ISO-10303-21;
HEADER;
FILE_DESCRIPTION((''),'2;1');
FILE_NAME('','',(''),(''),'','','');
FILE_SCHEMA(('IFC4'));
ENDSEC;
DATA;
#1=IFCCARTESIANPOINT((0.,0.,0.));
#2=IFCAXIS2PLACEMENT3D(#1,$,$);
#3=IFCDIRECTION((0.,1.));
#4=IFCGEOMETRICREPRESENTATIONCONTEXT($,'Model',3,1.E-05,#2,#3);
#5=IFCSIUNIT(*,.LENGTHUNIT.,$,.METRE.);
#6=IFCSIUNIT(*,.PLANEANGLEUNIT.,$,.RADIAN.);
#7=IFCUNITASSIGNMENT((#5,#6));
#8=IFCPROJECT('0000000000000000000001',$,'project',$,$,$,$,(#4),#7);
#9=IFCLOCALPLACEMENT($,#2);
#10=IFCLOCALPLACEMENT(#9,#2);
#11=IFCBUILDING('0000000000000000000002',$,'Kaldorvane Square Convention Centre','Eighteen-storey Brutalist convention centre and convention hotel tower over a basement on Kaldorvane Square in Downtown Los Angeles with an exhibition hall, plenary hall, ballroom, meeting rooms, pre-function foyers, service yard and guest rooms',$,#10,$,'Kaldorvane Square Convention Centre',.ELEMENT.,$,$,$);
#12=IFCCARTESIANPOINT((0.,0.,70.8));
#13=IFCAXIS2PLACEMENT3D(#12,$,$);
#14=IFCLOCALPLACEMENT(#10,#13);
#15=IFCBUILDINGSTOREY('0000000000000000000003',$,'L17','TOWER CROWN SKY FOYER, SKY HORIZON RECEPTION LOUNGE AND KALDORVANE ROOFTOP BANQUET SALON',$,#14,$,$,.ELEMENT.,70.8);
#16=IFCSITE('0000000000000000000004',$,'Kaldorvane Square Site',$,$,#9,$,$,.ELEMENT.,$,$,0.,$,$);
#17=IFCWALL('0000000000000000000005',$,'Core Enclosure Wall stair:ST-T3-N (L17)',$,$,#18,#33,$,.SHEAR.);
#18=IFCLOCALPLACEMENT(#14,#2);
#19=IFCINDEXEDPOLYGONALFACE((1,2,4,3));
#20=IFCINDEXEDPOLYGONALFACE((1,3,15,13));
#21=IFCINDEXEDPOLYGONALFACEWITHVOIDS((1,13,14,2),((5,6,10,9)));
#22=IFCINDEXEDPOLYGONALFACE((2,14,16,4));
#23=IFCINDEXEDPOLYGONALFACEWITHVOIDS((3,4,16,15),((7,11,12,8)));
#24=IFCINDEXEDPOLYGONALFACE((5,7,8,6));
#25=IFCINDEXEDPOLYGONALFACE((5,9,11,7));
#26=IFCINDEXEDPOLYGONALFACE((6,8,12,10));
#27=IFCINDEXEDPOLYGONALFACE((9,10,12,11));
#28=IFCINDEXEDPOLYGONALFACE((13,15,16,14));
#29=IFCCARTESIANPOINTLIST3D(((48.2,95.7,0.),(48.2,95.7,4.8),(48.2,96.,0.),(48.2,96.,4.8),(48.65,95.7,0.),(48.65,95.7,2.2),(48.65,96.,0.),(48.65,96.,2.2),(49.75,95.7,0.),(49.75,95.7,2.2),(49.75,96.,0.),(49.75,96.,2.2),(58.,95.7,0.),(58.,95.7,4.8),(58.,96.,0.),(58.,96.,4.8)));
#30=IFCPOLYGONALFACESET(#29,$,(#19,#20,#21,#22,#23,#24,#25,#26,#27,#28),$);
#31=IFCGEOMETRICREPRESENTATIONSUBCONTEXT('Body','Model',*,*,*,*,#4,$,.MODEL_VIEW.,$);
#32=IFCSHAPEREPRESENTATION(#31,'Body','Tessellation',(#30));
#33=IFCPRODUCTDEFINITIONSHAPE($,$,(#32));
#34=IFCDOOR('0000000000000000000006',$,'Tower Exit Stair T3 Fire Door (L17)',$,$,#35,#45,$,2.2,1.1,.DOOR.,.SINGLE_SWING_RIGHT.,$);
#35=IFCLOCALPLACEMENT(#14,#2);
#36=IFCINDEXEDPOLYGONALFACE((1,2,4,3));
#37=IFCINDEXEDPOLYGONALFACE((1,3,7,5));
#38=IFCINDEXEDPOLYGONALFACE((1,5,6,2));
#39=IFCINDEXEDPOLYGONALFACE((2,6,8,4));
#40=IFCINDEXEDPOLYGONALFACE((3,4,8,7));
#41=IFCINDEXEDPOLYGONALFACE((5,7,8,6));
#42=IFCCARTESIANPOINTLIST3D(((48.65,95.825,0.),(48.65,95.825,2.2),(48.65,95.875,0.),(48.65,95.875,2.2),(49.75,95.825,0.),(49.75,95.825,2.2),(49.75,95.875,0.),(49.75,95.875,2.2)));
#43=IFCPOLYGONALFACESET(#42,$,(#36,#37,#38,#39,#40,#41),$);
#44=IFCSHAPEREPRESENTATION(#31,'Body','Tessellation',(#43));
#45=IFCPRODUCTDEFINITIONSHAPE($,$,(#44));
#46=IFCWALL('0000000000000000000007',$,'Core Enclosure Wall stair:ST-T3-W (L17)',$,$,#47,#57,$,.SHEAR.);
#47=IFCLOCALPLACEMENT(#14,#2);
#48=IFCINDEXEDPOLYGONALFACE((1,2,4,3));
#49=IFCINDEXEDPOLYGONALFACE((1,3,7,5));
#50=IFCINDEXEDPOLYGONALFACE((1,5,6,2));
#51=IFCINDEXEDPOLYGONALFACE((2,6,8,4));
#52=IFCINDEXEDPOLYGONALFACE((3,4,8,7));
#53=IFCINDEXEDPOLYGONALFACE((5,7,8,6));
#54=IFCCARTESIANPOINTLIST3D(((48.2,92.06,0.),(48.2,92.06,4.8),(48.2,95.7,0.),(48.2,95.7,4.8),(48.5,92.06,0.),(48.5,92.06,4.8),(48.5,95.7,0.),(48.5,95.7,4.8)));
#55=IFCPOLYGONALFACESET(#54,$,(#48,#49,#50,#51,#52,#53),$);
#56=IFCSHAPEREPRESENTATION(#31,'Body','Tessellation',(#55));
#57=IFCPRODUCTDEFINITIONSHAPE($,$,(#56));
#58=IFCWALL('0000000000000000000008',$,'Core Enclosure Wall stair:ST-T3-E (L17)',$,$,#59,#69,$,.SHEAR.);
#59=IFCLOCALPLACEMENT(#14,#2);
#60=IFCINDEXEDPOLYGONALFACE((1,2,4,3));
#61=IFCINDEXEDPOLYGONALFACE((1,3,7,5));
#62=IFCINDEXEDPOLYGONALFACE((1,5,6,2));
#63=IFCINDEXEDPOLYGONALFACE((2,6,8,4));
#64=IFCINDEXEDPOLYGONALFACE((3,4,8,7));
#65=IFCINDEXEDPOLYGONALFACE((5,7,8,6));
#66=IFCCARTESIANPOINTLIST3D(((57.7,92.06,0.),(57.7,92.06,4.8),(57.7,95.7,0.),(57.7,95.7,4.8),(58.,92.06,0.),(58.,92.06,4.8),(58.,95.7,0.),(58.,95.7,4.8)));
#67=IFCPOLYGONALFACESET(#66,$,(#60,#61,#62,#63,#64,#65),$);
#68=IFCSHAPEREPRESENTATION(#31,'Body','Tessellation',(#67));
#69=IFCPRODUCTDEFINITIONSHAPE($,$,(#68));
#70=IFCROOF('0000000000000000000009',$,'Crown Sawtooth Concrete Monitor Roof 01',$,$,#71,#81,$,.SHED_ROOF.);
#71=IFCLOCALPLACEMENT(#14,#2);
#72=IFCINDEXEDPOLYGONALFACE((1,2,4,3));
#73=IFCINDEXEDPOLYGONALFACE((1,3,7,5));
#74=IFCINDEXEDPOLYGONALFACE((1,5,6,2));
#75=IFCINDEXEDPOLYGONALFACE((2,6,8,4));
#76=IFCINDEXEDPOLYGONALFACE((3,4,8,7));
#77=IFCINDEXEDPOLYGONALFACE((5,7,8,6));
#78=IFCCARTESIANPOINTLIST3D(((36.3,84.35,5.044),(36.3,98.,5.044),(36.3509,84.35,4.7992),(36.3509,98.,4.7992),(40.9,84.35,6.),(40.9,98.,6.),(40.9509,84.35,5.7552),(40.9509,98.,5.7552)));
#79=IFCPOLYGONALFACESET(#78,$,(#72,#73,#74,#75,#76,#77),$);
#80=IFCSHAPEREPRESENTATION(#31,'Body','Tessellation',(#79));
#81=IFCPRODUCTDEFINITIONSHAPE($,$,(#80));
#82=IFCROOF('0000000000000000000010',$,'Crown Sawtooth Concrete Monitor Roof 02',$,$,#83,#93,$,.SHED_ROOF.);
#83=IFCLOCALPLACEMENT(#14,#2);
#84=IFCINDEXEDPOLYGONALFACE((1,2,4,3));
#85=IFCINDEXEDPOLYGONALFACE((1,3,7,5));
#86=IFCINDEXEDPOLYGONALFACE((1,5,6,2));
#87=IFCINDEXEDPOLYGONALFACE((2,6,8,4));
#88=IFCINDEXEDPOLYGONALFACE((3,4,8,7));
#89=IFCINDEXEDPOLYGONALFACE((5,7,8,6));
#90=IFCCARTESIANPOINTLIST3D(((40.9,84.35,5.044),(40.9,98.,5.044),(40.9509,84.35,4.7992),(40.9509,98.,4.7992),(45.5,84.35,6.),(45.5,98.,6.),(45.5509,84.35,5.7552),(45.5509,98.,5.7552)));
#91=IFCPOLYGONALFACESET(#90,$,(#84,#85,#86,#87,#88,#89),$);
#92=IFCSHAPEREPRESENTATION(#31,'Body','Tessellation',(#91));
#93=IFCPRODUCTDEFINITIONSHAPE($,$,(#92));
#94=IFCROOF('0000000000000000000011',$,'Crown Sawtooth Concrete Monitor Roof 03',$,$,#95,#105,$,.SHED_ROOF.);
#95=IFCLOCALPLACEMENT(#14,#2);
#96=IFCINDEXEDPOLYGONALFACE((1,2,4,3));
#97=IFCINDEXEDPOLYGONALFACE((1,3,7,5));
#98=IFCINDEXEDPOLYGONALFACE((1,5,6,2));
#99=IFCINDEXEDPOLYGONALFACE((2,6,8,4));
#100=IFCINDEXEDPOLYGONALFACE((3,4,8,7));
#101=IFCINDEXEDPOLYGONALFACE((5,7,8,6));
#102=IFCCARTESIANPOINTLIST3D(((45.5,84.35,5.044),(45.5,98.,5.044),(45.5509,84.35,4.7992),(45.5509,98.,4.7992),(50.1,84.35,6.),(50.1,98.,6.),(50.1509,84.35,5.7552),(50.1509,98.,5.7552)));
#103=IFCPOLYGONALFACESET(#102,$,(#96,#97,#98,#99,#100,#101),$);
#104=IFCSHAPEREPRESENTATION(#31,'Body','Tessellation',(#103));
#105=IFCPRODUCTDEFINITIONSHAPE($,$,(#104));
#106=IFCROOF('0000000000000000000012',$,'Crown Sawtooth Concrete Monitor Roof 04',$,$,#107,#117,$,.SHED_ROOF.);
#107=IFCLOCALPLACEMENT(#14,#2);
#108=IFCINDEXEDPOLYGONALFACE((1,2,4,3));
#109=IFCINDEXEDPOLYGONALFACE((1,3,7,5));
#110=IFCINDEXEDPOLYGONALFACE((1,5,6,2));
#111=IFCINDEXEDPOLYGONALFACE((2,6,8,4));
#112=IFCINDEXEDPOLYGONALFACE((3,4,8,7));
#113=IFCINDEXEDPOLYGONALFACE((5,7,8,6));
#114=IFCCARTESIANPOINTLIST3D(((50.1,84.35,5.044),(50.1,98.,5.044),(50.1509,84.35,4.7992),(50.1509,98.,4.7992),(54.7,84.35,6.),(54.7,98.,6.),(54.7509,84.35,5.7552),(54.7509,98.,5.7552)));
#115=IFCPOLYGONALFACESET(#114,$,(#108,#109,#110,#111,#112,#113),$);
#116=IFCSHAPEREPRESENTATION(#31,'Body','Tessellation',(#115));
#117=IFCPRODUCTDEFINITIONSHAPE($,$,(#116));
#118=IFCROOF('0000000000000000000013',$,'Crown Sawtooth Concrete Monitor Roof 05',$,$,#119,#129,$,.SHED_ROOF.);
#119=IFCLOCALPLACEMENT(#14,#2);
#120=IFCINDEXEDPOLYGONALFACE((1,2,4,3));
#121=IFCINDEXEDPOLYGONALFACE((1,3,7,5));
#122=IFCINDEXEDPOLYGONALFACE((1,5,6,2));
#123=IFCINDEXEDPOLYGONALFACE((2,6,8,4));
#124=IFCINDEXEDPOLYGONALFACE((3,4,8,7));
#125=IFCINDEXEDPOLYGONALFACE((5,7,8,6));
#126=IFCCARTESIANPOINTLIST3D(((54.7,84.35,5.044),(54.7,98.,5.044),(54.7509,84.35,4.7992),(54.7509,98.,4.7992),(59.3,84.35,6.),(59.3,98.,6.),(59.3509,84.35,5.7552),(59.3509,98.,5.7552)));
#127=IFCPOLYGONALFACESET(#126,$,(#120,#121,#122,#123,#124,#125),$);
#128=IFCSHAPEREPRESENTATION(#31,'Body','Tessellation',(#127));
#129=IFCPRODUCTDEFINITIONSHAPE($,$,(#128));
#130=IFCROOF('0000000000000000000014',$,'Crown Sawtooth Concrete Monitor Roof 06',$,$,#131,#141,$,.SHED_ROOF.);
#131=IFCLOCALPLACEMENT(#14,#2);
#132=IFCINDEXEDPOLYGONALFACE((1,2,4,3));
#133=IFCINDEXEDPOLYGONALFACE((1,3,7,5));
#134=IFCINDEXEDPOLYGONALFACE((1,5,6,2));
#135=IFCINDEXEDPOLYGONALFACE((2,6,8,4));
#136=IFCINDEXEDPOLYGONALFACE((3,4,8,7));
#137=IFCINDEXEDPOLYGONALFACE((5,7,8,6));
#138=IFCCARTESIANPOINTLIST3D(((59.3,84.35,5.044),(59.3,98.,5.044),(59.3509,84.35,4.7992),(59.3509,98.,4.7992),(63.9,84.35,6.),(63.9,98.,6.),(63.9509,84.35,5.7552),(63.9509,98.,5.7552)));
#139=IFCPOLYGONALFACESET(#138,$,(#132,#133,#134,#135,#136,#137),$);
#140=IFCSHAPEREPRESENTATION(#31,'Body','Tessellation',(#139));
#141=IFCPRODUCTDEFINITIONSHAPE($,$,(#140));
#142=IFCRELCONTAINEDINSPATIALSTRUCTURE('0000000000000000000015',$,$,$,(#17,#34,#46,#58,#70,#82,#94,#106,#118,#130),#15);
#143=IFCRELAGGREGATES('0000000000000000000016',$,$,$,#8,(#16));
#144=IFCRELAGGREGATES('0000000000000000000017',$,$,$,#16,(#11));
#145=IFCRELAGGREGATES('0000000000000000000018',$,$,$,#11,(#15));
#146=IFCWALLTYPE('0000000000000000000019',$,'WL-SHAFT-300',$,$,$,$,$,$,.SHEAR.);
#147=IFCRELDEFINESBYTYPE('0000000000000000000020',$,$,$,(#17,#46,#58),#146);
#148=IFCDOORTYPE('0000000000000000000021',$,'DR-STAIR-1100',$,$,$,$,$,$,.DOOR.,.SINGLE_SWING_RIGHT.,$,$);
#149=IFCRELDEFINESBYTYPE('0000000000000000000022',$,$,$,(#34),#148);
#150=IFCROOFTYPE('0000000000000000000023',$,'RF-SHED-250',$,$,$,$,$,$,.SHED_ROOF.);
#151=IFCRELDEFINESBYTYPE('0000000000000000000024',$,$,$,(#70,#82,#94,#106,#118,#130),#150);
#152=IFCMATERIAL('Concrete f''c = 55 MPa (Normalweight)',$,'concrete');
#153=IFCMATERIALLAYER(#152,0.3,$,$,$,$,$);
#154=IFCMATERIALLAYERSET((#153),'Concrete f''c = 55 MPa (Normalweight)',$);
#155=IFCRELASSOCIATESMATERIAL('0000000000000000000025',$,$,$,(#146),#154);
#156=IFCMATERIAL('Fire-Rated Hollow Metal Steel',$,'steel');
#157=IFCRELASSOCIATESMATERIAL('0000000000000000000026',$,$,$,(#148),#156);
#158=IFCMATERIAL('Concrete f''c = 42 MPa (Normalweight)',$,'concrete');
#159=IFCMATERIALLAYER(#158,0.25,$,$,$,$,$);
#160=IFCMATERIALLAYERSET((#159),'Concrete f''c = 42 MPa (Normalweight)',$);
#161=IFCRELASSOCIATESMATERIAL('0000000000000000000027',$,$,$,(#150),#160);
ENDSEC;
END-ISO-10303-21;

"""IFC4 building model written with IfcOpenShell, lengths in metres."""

from ifc_helpers import new_model, si_unit, direction, frame, frame_2d, origin, place, context, subcontext, project, spatial, polyline, rectangle, outline, extrude, material, layer, layer_set, type_object, element, fill, save


model = new_model("IFC4")

# Units and contexts
model_context = context("Model", 3, precision=1e-05, world=origin(), true_north=direction((0.0, 1.0)))
body_context = subcontext(model_context, "Body", "Model", "MODEL_VIEW")
ifc_project = project(units=[si_unit("LENGTHUNIT", "METRE"), si_unit("PLANEANGLEUNIT", "RADIAN")], contexts=[model_context])

# Site, building, storey
site_placement = place(None, origin())
site = spatial("IfcSite", under=ifc_project, at=site_placement, Name="Kaldorvane Square Site", CompositionType="ELEMENT", RefElevation=0.0)
building_placement = place(site_placement, origin())
building = spatial("IfcBuilding", under=site, at=building_placement, Name="Kaldorvane Square Convention Centre", Description="Eighteen-storey Brutalist convention centre and convention hotel tower over a basement on Kaldorvane Square in Downtown Los Angeles with an exhibition hall, plenary hall, ballroom, meeting rooms, pre-function foyers, service yard and guest rooms", LongName="Kaldorvane Square Convention Centre", CompositionType="ELEMENT")
storey_placement = place(building_placement, frame((0.0, 0.0, 70.8)))
storey = spatial("IfcBuildingStorey", under=building, at=storey_placement, Name="L17", Description="TOWER CROWN SKY FOYER, SKY HORIZON RECEPTION LOUNGE AND KALDORVANE ROOFTOP BANQUET SALON", CompositionType="ELEMENT", Elevation=70.8)

# Shared definitions
ifc_material_1 = material(Name="Concrete f'c = 55 MPa (Normalweight)", Category="concrete")
ifc_layer_1 = layer(ifc_material_1, 0.3)
ifc_layer_set_1 = layer_set([ifc_layer_1], Name="Concrete f'c = 55 MPa (Normalweight)")
wall_type_1 = type_object("IfcWallType", Name="WL-SHAFT-300", PredefinedType="SHEAR", material=ifc_layer_set_1)

# Wall, opening, door
wall_1_placement = place(storey_placement, frame((58.0, 95.85, 0.0), z_axis=(0.0, 0.0, 1.0), x_axis=(-1.0, 0.0, 0.0)))
wall_1 = element("IfcWall", 1, at=wall_1_placement, inside=storey, type_object=wall_type_1, Name="Core Enclosure Wall stair:ST-T3-N (L17)", PredefinedType="SHEAR", context=body_context, shape_type="SweptSolid", body=[
    extrude(rectangle(XDim=9.8, YDim=0.3, at=frame_2d((4.9, 0.0))), origin(), (0.0, 0.0, 1.0), 4.8),
])
opening_1_placement = place(wall_1_placement, frame((8.25, 0.0, 0.0)))
opening_1 = element("IfcOpeningElement", 2, at=opening_1_placement, cuts=wall_1, PredefinedType="OPENING", context=body_context, shape_type="SweptSolid", body=[
    extrude(rectangle(XDim=1.1, YDim=2.2, at=frame_2d((0.55, 1.1))), frame((0.0, 0.165, 0.0), z_axis=(0.0, -1.0, 0.0), x_axis=(1.0, 0.0, 0.0)), (0.0, 0.0, 1.0), 0.33),
])
ifc_material_2 = material(Name="Fire-Rated Hollow Metal Steel", Category="steel")
door_type_1 = type_object("IfcDoorType", Name="DR-STAIR-1100", OperationType="SINGLE_SWING_RIGHT", PredefinedType="DOOR", material=ifc_material_2)
door_1_placement = place(opening_1_placement, origin())
door_1 = element("IfcDoor", 3, at=door_1_placement, inside=storey, type_object=door_type_1, Name="Tower Exit Stair T3 Fire Door (L17)", OperationType="SINGLE_SWING_RIGHT", OverallHeight=2.2, OverallWidth=1.1, PredefinedType="DOOR", context=body_context, shape_type="SweptSolid", body=[
    extrude(rectangle(XDim=1.1, YDim=2.2, at=frame_2d((0.55, 1.1))), frame((0.0, 0.025, 0.0), z_axis=(0.0, -1.0, 0.0), x_axis=(1.0, 0.0, 0.0)), (0.0, 0.0, 1.0), 0.05),
])
fill(opening_1, door_1)

# Walls
for number, where, z_axis, x_axis, name in (
    (4, (48.35, 95.7, 0.0), (0.0, 0.0, 1.0), (0.0, -1.0, 0.0), "Core Enclosure Wall stair:ST-T3-W (L17)"),
    (5, (57.85, 92.06, 0.0), (0.0, 0.0, 1.0), (0.0, 1.0, 0.0), "Core Enclosure Wall stair:ST-T3-E (L17)"),
):
    element("IfcWall", number, at=place(storey_placement, frame(where, z_axis=z_axis, x_axis=x_axis)), inside=storey, type_object=wall_type_1, Name=name, PredefinedType="SHEAR", context=body_context, shape_type="SweptSolid", body=[
        extrude(rectangle(XDim=3.64, YDim=0.3, at=frame_2d((1.82, 0.0))), origin(), (0.0, 0.0, 1.0), 4.8),
    ])

# Roofs
ifc_material_3 = material(Name="Concrete f'c = 42 MPa (Normalweight)", Category="concrete")
ifc_layer_2 = layer(ifc_material_3, 0.25)
ifc_layer_set_2 = layer_set([ifc_layer_2], Name="Concrete f'c = 42 MPa (Normalweight)")
roof_type = type_object("IfcRoofType", Name="RF-SHED-250", PredefinedType="SHED_ROOF", material=ifc_layer_set_2)
roof_1_placement = place(storey_placement, frame((36.3, 84.35, 5.044), z_axis=(-0.20348, 0.0, 0.979079), x_axis=(0.979079, 0.0, 0.20348)))
element("IfcRoof", 6, at=roof_1_placement, inside=storey, type_object=roof_type, Name="Crown Sawtooth Concrete Monitor Roof 01", PredefinedType="SHED_ROOF", context=body_context, shape_type="SweptSolid", body=[
    extrude(outline(polyline([(0.0, 0.0), (4.6983, 0.0), (4.6983, 13.65), (0.0, 13.65), (0.0, 0.0)])), origin(), (0.0, 0.0, -1.0), 0.25),
])
for number, where, z_axis, x_axis, name in (
    (7, (40.9, 84.35, 5.044), (-0.20348, 0.0, 0.979079), (0.979079, 0.0, 0.20348), "Crown Sawtooth Concrete Monitor Roof 02"),
    (8, (45.5, 84.35, 5.044), (-0.20348, 0.0, 0.979079), (0.979079, 0.0, 0.20348), "Crown Sawtooth Concrete Monitor Roof 03"),
):
    element("IfcRoof", number, at=place(storey_placement, frame(where, z_axis=z_axis, x_axis=x_axis)), inside=storey, type_object=roof_type, Name=name, PredefinedType="SHED_ROOF", context=body_context, shape_type="SweptSolid", body=[
        extrude(outline(polyline([(0.0, 0.0), (4.6983, 0.0), (4.6983, 13.65), (0.0, 13.65), (0.0, 0.0)])), origin(), (0.0, 0.0, -1.0), 0.25),
    ])
roof_2_placement = place(storey_placement, frame((50.1, 84.35, 5.044), z_axis=(-0.20348, 0.0, 0.979079), x_axis=(0.979079, 0.0, 0.20348)))
element("IfcRoof", 9, at=roof_2_placement, inside=storey, type_object=roof_type, Name="Crown Sawtooth Concrete Monitor Roof 04", PredefinedType="SHED_ROOF", context=body_context, shape_type="SweptSolid", body=[
    extrude(outline(polyline([(0.0, 0.0), (4.6983, 0.0), (4.6983, 13.65), (0.0, 13.65), (0.0, 0.0)])), origin(), (0.0, 0.0, -1.0), 0.25),
])
roof_3_placement = place(storey_placement, frame((54.7, 84.35, 5.044), z_axis=(-0.20348, 0.0, 0.979079), x_axis=(0.979079, 0.0, 0.20348)))
element("IfcRoof", 10, at=roof_3_placement, inside=storey, type_object=roof_type, Name="Crown Sawtooth Concrete Monitor Roof 05", PredefinedType="SHED_ROOF", context=body_context, shape_type="SweptSolid", body=[
    extrude(outline(polyline([(0.0, 0.0), (4.6983, 0.0), (4.6983, 13.65), (0.0, 13.65), (0.0, 0.0)])), origin(), (0.0, 0.0, -1.0), 0.25),
])
roof_4_placement = place(storey_placement, frame((59.3, 84.35, 5.044), z_axis=(-0.20348, 0.0, 0.979079), x_axis=(0.979079, 0.0, 0.20348)))
element("IfcRoof", 11, at=roof_4_placement, inside=storey, type_object=roof_type, Name="Crown Sawtooth Concrete Monitor Roof 06", PredefinedType="SHED_ROOF", context=body_context, shape_type="SweptSolid", body=[
    extrude(outline(polyline([(0.0, 0.0), (4.6983, 0.0), (4.6983, 13.65), (0.0, 13.65), (0.0, 0.0)])), origin(), (0.0, 0.0, -1.0), 0.25),
])

save(model, "model.ifc")
